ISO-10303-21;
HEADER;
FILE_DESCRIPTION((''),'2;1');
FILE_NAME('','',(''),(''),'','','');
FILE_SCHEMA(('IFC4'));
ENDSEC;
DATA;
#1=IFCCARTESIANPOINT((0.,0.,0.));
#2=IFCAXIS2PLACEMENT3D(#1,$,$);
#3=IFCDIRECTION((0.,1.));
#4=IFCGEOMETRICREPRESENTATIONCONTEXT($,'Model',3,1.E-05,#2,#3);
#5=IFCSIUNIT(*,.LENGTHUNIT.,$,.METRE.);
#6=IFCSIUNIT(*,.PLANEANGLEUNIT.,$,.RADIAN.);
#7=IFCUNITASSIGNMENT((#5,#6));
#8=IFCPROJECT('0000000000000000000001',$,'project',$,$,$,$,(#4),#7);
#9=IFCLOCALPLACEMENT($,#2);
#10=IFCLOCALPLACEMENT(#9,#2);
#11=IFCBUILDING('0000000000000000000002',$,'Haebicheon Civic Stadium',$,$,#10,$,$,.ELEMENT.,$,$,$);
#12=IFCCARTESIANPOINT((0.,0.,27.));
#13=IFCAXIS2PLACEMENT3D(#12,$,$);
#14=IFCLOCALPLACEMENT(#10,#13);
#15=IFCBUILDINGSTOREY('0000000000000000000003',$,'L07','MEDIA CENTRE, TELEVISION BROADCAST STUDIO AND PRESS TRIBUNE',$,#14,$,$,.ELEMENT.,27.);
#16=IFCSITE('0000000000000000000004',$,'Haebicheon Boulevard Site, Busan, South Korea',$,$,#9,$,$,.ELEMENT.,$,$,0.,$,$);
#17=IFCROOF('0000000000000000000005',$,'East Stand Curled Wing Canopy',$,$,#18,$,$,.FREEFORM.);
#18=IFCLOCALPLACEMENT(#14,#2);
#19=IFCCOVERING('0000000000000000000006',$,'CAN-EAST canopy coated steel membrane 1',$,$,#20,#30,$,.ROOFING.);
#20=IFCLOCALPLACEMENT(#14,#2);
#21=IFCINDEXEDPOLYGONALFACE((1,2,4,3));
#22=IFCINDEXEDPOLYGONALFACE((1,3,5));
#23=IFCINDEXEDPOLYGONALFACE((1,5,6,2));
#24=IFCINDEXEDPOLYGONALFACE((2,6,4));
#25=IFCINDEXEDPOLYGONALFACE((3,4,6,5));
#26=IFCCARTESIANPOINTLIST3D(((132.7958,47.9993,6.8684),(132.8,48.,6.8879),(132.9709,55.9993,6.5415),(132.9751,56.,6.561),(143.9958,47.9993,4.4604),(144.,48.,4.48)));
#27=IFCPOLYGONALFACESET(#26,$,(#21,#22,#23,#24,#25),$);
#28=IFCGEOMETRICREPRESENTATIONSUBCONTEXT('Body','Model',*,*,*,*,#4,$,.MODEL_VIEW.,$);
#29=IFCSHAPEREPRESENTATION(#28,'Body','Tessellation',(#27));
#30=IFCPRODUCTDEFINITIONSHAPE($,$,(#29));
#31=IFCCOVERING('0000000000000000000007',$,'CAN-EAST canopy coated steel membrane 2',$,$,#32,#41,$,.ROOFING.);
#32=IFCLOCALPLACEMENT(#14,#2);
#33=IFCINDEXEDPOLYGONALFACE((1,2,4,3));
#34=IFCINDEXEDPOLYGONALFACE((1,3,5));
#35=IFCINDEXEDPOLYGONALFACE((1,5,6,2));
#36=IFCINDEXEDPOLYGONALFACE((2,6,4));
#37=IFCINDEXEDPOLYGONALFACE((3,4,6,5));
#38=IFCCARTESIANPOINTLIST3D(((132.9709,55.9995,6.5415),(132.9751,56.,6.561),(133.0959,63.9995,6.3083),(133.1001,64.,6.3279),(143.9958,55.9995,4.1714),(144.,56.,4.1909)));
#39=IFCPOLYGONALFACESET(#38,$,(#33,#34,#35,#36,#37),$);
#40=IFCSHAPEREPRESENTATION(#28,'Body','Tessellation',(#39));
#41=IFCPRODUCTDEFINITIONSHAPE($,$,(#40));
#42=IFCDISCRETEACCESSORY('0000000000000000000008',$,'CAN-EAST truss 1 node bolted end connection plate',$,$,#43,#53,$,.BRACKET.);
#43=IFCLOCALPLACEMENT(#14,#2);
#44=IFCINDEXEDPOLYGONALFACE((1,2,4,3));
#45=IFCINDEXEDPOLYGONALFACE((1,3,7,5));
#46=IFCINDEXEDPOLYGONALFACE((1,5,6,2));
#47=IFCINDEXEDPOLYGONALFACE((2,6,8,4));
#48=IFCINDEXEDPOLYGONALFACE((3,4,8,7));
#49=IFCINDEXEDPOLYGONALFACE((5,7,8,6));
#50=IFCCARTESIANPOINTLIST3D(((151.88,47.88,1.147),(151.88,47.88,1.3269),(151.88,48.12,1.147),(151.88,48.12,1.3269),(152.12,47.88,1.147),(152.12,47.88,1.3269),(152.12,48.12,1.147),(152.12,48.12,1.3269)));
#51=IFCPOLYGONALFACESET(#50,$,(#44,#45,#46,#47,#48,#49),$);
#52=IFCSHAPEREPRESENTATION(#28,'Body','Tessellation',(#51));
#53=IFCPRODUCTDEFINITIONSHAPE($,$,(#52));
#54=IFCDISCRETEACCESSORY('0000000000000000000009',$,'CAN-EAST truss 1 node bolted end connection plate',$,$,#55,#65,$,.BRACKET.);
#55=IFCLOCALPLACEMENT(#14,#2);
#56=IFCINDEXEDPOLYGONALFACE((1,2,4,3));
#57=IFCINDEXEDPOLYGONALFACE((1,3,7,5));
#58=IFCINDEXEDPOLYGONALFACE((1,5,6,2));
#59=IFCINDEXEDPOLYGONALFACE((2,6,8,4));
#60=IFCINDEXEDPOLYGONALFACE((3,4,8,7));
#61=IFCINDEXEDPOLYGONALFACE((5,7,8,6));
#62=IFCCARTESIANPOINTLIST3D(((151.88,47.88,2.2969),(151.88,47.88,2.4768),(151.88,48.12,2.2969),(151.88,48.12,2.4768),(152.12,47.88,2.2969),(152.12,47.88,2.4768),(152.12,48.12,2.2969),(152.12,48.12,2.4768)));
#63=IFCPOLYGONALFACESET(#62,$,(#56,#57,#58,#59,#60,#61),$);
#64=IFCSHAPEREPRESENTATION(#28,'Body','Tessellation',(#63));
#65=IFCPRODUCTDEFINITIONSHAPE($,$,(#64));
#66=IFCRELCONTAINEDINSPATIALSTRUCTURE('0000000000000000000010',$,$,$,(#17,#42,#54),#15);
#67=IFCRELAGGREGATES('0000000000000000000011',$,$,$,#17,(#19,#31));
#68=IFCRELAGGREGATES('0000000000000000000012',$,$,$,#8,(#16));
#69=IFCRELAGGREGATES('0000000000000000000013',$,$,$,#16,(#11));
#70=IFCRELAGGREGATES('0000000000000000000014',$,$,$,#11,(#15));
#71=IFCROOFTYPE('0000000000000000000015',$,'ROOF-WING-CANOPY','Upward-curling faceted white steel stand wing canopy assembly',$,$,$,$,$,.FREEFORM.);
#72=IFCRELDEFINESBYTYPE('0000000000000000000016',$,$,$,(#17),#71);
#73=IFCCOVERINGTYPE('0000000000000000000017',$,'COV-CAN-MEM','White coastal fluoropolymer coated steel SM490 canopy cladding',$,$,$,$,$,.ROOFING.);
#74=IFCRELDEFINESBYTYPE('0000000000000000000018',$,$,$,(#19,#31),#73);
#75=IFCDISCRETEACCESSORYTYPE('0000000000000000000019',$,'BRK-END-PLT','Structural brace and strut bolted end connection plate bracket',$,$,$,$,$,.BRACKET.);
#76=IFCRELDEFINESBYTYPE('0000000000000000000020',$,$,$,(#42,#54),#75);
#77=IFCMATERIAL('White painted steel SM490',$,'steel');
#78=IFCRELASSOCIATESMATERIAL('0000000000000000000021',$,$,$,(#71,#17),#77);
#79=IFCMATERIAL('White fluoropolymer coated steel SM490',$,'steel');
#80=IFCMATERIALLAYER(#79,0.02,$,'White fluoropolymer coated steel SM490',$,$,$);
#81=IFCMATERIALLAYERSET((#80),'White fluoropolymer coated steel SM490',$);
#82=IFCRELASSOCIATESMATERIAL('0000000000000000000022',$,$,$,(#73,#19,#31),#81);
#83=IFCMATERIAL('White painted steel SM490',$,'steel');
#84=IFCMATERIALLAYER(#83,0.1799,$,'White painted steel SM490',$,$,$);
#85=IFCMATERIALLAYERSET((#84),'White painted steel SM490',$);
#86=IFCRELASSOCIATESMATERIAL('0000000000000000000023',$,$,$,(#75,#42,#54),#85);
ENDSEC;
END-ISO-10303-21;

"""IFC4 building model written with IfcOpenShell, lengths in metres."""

from ifc_helpers import new_model, si_unit, direction, frame, origin, origin_2d, place, context, subcontext, project, spatial, polyline, rectangle, outline, extrude, material, layer, layer_set, type_object, element, aggregate, save


model = new_model("IFC4")

# Units and contexts
model_context = context("Model", 3, precision=1e-05, world=origin(), true_north=direction((0.0, 1.0)))
body_context = subcontext(model_context, "Body", "Model", "MODEL_VIEW")
ifc_project = project(units=[si_unit("LENGTHUNIT", "METRE"), si_unit("PLANEANGLEUNIT", "RADIAN")], contexts=[model_context])

# Site, building, storey
site_placement = place(None, origin())
site = spatial("IfcSite", under=ifc_project, at=site_placement, Name="Haebicheon Boulevard Site, Busan, South Korea", CompositionType="ELEMENT", RefElevation=0.0)
building_placement = place(site_placement, origin())
building = spatial("IfcBuilding", under=site, at=building_placement, Name="Haebicheon Civic Stadium", CompositionType="ELEMENT")
storey_placement = place(building_placement, frame((0.0, 0.0, 27.0)))
storey = spatial("IfcBuildingStorey", under=building, at=storey_placement, Name="L07", Description="MEDIA CENTRE, TELEVISION BROADCAST STUDIO AND PRESS TRIBUNE", CompositionType="ELEMENT", Elevation=27.0)

# Roof, coverings
ifc_material_1 = material(Name="White painted steel SM490", Category="steel")
roof_type = type_object("IfcRoofType", Name="ROOF-WING-CANOPY", Description="Upward-curling faceted white steel stand wing canopy assembly", PredefinedType="FREEFORM", material=ifc_material_1)
roof_placement = place(storey_placement, origin())
roof = element("IfcRoof", 1, at=roof_placement, inside=storey, type_object=roof_type, material=ifc_material_1, Name="East Stand Curled Wing Canopy", PredefinedType="FREEFORM")
ifc_material_2 = material(Name="White fluoropolymer coated steel SM490", Category="steel")
ifc_layer_1 = layer(ifc_material_2, 0.02, Name="White fluoropolymer coated steel SM490")
ifc_layer_set_1 = layer_set([ifc_layer_1], Name="White fluoropolymer coated steel SM490")
covering_type = type_object("IfcCoveringType", Name="COV-CAN-MEM", Description="White coastal fluoropolymer coated steel SM490 canopy cladding", PredefinedType="ROOFING", material=ifc_layer_set_1)
covering_1_placement = place(storey_placement, frame((144.0, 48.0, 4.48), z_axis=(0.210063, 0.035329, 0.977049), x_axis=(-0.97766, 0.0, 0.210194)))
covering_1 = element("IfcCovering", 2, at=covering_1_placement, type_object=covering_type, material=ifc_layer_set_1, Name="CAN-EAST canopy coated steel membrane 1", PredefinedType="ROOFING", context=body_context, shape_type="SweptSolid", body=[
    extrude(outline(polyline([(0.0, 0.0), (11.4559, 0.0), (11.216, -8.005), (0.0, 0.0)])), origin(), (0.0, 0.0, -1.0), 0.02),
])
covering_2_placement = place(storey_placement, frame((144.0, 56.0, 4.1909), z_axis=(0.21011, 0.025201, 0.977353), x_axis=(-0.977663, 0.0, 0.210177)))
covering_2 = element("IfcCovering", 3, at=covering_2_placement, type_object=covering_type, material=ifc_layer_set_1, Name="CAN-EAST canopy coated steel membrane 2", PredefinedType="ROOFING", context=body_context, shape_type="SweptSolid", body=[
    extrude(outline(polyline([(0.0, 0.0), (11.2768, 0.0), (11.1056, -8.0025), (0.0, 0.0)])), origin(), (0.0, 0.0, -1.0), 0.02),
])
aggregate(roof, [covering_1, covering_2])

# Discrete accessories
ifc_material_3 = material(Name="White painted steel SM490", Category="steel")
ifc_layer_2 = layer(ifc_material_3, 0.1799, Name="White painted steel SM490")
ifc_layer_set_2 = layer_set([ifc_layer_2], Name="White painted steel SM490")
discrete_accessory_type = type_object("IfcDiscreteAccessoryType", Name="BRK-END-PLT", Description="Structural brace and strut bolted end connection plate bracket", PredefinedType="BRACKET", material=ifc_layer_set_2)
for number, where, z_axis, x_axis, name in (
    (4, (152.0, 48.0, 1.147), (0.0, 0.0, 1.0), (1.0, 0.0, 0.0), "CAN-EAST truss 1 node bolted end connection plate"),
    (5, (152.0, 48.0, 2.2969), (0.0, 0.0, 1.0), (1.0, 0.0, 0.0), "CAN-EAST truss 1 node bolted end connection plate"),
):
    element("IfcDiscreteAccessory", number, at=place(storey_placement, frame(where, z_axis=z_axis, x_axis=x_axis)), inside=storey, type_object=discrete_accessory_type, material=ifc_layer_set_2, Name=name, PredefinedType="BRACKET", context=body_context, shape_type="SweptSolid", body=[
        extrude(rectangle(XDim=0.24, YDim=0.24, at=origin_2d()), origin(), (0.0, 0.0, 1.0), 0.1799),
    ])

save(model, "model.ifc")
